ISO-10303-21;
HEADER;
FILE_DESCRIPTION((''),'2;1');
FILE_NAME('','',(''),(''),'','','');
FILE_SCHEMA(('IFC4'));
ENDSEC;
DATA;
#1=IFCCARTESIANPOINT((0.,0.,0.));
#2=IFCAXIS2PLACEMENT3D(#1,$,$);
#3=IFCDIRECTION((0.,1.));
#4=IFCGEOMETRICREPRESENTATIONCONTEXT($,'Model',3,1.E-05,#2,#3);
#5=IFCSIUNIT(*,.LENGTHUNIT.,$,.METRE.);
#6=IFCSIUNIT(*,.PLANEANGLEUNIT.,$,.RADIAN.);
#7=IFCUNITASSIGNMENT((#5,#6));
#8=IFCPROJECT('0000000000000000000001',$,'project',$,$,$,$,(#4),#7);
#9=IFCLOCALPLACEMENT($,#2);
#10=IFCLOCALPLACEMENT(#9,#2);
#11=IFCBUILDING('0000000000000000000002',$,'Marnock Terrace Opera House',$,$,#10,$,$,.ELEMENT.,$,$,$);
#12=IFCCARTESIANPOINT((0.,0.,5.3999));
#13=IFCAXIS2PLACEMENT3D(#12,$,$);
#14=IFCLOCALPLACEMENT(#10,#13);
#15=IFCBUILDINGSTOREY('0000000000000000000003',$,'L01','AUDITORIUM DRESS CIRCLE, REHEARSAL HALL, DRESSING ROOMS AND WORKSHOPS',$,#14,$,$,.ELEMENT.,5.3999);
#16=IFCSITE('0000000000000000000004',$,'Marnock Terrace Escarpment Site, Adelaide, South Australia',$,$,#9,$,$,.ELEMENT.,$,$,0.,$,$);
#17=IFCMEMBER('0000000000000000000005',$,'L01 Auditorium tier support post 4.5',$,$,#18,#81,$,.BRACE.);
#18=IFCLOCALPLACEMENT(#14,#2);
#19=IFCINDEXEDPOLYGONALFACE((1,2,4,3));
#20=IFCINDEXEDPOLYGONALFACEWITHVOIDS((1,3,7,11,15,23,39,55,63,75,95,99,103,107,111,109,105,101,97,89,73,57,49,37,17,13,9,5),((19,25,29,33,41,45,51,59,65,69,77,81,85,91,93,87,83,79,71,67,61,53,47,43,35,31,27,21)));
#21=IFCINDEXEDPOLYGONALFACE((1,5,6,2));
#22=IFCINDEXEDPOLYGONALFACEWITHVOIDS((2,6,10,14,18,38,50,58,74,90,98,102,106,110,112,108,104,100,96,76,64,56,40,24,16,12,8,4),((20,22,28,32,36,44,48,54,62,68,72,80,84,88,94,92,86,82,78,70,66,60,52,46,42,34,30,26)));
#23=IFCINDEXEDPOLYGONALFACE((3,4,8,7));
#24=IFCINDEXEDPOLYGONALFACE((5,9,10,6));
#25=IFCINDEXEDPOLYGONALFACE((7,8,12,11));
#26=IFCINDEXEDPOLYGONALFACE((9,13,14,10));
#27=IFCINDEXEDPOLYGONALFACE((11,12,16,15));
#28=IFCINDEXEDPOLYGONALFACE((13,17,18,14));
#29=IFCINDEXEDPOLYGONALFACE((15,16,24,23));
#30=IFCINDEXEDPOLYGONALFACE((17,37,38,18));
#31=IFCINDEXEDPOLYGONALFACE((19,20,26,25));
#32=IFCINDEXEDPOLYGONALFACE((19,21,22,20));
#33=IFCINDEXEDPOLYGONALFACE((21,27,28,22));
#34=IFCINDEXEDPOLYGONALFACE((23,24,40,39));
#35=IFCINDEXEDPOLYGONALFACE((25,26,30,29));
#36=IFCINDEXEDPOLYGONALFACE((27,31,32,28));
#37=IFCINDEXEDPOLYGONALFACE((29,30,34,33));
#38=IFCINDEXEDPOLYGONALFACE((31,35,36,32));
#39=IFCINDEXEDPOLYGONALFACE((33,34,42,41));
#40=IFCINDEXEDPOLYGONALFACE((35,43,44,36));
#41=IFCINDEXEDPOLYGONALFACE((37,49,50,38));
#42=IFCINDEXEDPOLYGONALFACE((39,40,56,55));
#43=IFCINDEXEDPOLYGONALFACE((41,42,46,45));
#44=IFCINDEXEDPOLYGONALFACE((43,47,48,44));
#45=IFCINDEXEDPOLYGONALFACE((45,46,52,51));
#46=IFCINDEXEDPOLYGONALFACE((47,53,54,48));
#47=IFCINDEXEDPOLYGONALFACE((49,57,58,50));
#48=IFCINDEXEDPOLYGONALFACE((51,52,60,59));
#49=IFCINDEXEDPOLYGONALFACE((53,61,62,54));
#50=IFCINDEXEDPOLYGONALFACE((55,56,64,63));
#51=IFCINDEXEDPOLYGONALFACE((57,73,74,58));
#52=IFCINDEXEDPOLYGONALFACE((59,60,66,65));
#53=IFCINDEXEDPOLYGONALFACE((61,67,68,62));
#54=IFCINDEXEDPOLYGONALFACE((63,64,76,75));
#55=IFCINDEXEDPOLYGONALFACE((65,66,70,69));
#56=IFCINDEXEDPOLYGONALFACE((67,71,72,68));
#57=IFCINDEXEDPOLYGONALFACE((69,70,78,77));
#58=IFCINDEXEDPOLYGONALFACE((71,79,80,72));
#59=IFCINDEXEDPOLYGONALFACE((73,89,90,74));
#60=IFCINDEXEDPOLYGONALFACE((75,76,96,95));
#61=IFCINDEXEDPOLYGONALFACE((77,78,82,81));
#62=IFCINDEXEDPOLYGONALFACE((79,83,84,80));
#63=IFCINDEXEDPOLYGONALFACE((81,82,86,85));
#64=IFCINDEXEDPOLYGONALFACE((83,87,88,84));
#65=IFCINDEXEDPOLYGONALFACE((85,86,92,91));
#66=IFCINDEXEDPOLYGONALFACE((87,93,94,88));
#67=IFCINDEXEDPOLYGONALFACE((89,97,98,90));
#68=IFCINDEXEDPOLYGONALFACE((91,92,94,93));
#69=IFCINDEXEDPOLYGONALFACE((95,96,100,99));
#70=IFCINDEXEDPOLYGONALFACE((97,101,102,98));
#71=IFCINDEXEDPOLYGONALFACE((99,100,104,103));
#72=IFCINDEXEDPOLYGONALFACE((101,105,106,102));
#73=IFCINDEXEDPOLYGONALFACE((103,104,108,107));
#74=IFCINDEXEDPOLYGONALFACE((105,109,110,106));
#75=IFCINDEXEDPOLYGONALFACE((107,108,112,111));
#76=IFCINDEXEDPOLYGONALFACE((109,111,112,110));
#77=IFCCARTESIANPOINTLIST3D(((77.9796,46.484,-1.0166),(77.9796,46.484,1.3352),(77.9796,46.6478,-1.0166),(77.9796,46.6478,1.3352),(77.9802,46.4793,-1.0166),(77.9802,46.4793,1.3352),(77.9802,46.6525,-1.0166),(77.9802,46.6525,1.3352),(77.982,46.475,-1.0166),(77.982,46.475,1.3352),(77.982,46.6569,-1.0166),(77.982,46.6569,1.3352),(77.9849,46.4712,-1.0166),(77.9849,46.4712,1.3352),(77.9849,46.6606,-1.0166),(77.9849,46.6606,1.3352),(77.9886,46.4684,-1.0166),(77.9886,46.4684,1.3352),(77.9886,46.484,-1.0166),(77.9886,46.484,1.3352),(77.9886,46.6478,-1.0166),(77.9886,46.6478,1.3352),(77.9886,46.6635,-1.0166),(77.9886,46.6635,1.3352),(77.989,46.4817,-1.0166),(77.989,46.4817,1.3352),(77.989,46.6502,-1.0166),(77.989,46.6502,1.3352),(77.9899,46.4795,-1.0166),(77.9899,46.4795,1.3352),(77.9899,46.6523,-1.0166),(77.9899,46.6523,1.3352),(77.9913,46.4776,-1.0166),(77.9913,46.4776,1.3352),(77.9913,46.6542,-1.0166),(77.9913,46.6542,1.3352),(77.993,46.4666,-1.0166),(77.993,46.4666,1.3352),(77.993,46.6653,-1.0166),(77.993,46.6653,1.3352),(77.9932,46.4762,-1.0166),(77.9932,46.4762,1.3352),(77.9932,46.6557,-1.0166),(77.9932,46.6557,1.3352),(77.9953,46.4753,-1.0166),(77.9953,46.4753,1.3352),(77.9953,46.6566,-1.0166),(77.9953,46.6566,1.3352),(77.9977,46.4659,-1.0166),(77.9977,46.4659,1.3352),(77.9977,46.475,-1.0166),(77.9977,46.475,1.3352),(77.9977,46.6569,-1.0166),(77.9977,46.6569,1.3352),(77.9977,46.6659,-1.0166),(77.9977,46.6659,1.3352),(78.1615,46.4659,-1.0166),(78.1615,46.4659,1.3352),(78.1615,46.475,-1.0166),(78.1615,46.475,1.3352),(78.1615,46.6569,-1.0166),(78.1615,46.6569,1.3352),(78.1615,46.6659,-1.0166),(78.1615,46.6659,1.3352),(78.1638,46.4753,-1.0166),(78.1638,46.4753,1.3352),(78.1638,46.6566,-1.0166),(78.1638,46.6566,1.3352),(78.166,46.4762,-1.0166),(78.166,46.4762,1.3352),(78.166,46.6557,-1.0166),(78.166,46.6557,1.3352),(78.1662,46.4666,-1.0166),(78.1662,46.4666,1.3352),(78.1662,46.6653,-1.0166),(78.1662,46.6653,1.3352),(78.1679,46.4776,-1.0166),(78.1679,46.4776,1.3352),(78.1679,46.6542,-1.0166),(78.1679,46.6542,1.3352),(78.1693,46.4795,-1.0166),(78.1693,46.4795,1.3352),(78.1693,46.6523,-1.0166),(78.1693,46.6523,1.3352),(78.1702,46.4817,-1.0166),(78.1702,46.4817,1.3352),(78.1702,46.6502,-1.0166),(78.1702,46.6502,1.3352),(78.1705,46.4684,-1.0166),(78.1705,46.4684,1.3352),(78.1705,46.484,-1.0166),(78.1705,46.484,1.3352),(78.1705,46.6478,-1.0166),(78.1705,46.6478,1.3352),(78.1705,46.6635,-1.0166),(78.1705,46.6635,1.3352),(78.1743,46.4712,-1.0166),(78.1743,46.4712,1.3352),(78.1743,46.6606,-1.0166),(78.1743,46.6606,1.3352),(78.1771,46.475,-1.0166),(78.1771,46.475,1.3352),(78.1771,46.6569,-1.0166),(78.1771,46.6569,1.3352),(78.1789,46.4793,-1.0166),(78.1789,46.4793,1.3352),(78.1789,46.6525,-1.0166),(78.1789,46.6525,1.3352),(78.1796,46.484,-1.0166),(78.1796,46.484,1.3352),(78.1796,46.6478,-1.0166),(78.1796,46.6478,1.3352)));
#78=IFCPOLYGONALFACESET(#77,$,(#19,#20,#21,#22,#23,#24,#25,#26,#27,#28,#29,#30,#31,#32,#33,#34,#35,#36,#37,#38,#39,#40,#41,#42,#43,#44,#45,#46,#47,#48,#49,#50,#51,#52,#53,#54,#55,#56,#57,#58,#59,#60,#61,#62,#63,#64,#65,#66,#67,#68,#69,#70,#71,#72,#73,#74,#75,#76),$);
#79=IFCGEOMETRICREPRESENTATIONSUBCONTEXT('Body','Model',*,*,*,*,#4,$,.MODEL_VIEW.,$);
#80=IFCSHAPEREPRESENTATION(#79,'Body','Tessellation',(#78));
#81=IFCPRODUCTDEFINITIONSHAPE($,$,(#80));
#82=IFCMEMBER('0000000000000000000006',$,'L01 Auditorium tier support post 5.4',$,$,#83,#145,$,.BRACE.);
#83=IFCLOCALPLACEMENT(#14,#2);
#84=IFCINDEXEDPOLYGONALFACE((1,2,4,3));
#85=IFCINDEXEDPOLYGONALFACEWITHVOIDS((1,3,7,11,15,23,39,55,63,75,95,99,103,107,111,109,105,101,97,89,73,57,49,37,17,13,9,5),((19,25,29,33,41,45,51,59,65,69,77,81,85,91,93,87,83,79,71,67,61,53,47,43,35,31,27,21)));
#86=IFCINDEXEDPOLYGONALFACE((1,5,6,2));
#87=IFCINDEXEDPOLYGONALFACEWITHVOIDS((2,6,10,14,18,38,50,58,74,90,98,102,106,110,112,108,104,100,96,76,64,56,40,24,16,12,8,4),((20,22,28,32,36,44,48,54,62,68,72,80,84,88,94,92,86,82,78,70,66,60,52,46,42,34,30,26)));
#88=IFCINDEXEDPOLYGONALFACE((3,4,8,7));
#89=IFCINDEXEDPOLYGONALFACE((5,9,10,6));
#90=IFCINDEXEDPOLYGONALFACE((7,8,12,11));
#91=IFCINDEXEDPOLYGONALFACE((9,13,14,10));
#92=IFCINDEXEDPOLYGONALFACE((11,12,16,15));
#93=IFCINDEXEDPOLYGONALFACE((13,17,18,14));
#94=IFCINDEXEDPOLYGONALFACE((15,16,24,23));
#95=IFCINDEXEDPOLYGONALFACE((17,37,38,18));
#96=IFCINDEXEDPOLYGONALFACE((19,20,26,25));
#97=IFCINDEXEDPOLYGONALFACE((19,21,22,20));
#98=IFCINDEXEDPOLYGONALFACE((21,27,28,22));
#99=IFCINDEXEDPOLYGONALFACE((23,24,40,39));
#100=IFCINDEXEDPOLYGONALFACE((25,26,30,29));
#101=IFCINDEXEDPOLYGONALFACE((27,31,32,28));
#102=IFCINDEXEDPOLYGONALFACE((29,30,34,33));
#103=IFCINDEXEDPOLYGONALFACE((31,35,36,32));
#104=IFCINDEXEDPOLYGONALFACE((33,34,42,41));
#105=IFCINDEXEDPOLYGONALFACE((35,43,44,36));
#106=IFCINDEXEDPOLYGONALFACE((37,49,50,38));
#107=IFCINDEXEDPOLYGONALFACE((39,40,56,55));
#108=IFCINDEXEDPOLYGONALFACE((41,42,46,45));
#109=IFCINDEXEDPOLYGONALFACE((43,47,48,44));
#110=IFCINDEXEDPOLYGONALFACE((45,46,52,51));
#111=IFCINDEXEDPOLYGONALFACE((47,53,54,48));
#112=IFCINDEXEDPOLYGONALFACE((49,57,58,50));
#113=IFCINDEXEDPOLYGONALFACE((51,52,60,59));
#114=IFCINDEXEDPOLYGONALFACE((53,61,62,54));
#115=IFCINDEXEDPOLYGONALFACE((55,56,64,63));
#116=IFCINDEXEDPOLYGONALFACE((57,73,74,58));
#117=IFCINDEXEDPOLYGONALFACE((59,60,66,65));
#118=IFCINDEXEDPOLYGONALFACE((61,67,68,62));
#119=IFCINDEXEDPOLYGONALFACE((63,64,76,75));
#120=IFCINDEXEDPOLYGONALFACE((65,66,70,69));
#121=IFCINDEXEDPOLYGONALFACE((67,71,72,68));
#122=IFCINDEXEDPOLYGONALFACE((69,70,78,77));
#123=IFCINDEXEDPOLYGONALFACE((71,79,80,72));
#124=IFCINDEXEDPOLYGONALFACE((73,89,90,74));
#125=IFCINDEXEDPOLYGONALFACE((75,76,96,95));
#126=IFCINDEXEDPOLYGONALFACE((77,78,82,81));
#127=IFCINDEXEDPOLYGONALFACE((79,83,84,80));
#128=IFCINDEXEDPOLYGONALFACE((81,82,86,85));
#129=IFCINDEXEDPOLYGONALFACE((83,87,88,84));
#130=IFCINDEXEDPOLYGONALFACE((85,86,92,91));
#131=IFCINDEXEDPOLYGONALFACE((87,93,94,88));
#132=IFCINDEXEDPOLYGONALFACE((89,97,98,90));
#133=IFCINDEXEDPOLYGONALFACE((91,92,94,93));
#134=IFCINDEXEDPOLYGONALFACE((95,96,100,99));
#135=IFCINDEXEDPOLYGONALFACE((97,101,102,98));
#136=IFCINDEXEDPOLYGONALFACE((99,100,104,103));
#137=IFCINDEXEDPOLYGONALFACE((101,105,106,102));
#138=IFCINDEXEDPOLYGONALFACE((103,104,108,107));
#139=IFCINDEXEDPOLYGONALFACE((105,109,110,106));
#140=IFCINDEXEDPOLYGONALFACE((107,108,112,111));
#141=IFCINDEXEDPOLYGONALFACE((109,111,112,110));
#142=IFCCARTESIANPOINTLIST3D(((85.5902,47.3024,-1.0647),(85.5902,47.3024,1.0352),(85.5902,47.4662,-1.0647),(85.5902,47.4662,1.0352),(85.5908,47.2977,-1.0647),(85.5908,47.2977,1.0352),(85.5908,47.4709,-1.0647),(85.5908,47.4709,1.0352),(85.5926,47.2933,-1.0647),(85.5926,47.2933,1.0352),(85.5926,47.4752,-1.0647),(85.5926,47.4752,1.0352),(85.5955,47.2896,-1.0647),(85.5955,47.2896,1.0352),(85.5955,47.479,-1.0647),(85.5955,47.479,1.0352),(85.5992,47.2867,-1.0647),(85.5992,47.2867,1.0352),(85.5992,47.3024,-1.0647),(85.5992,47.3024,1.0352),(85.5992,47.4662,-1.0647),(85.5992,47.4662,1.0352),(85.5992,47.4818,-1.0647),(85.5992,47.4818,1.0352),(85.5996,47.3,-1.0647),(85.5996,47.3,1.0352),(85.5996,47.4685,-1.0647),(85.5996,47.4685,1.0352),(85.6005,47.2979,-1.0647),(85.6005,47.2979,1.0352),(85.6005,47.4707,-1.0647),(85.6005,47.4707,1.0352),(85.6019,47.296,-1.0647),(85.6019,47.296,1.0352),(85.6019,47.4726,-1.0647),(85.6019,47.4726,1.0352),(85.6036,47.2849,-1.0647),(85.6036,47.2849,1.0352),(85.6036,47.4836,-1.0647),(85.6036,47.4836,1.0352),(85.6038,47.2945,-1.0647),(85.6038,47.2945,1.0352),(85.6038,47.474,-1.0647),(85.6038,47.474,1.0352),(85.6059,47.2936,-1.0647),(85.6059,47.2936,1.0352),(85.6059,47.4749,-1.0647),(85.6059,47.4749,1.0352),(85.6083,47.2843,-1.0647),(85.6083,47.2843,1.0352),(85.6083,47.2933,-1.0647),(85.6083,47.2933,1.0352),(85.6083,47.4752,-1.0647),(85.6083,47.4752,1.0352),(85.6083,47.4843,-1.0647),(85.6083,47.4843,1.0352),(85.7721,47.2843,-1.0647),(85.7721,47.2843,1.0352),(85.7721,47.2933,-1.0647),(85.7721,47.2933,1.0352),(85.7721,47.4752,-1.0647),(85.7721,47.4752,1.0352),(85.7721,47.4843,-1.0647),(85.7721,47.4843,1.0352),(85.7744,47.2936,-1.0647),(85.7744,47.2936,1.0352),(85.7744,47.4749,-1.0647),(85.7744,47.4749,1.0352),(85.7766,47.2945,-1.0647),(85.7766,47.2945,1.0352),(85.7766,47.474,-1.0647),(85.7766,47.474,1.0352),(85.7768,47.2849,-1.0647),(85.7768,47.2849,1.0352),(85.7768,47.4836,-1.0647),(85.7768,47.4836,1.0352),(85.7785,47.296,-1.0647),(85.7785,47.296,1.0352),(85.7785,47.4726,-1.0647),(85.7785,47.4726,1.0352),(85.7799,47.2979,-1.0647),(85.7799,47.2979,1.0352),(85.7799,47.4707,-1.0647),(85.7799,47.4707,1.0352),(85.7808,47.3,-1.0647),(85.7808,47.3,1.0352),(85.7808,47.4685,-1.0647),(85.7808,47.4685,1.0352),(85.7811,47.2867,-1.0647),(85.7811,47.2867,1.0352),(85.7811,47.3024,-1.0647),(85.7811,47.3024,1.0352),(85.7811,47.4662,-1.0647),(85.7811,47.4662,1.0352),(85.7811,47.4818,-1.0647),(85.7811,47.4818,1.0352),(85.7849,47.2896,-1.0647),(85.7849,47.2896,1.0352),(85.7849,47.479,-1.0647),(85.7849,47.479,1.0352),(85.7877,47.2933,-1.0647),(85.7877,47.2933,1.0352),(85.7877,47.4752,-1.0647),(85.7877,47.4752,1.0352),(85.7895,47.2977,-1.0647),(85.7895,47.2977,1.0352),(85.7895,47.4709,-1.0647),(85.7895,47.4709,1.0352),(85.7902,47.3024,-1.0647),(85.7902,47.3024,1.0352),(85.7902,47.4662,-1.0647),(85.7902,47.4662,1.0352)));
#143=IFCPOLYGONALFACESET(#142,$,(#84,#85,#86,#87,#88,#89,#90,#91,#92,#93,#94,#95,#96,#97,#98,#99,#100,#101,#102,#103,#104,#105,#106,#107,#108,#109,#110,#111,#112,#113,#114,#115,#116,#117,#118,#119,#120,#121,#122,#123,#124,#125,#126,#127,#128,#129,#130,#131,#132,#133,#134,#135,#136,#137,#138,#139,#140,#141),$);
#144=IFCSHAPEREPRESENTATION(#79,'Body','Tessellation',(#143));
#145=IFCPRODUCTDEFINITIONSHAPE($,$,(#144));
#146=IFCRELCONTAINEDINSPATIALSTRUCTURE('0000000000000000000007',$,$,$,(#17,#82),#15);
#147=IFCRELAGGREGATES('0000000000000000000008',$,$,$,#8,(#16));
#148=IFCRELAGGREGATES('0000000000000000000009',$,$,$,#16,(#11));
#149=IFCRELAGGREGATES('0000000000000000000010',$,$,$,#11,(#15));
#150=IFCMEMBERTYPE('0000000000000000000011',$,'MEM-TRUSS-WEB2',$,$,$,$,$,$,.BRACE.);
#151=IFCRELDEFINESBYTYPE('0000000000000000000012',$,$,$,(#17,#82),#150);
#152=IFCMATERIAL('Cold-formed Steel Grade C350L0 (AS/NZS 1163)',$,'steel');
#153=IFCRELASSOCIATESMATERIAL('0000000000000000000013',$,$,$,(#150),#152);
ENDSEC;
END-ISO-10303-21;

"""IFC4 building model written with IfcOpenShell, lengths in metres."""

from ifc_helpers import new_model, si_unit, direction, frame, origin, origin_2d, place, context, subcontext, project, spatial, hollow_rectangle, extrude, material, material_profile, profile_set, type_object, element, save


model = new_model("IFC4")

# Units and contexts
model_context = context("Model", 3, precision=1e-05, world=origin(), true_north=direction((0.0, 1.0)))
body_context = subcontext(model_context, "Body", "Model", "MODEL_VIEW")
ifc_project = project(units=[si_unit("LENGTHUNIT", "METRE"), si_unit("PLANEANGLEUNIT", "RADIAN")], contexts=[model_context])

# Site, building, storey
site_placement = place(None, origin())
site = spatial("IfcSite", under=ifc_project, at=site_placement, Name="Marnock Terrace Escarpment Site, Adelaide, South Australia", CompositionType="ELEMENT", RefElevation=0.0)
building_placement = place(site_placement, origin())
building = spatial("IfcBuilding", under=site, at=building_placement, Name="Marnock Terrace Opera House", CompositionType="ELEMENT")
storey_placement = place(building_placement, frame((0.0, 0.0, 5.3999)))
storey = spatial("IfcBuildingStorey", under=building, at=storey_placement, Name="L01", Description="AUDITORIUM DRESS CIRCLE, REHEARSAL HALL, DRESSING ROOMS AND WORKSHOPS", CompositionType="ELEMENT", Elevation=5.3999)

# Members
ifc_material_1 = material(Name="Cold-formed Steel Grade C350L0 (AS/NZS 1163)", Category="steel")
ifc_material_profile_1 = material_profile(ifc_material_1, hollow_rectangle(XDim=0.2, YDim=0.2, WallThickness=0.009, InnerFilletRadius=0.009, OuterFilletRadius=0.0181, at=origin_2d()))
ifc_profile_set_1 = profile_set([ifc_material_profile_1], Name="Cold-formed Steel Grade C350L0 (AS/NZS 1163)")
member_type = type_object("IfcMemberType", Name="MEM-TRUSS-WEB2", PredefinedType="BRACE", material=ifc_profile_set_1)
member_1_placement = place(storey_placement, frame((78.0796, 46.5659, -1.0166), z_axis=(0.0, 0.0, 1.0), x_axis=(1.0, 0.0, 0.0)))
element("IfcMember", 1, at=member_1_placement, inside=storey, type_object=member_type, Name="L01 Auditorium tier support post 4.5", PredefinedType="BRACE", context=body_context, shape_type="SweptSolid", body=[
    extrude(hollow_rectangle(XDim=0.2, YDim=0.2, WallThickness=0.009, InnerFilletRadius=0.009, OuterFilletRadius=0.0181, at=origin_2d()), origin(), (0.0, 0.0, 1.0), 2.3518),
])
member_2_placement = place(storey_placement, frame((85.6902, 47.3843, -1.0647), z_axis=(0.0, 0.0, 1.0), x_axis=(1.0, 0.0, 0.0)))
element("IfcMember", 2, at=member_2_placement, inside=storey, type_object=member_type, Name="L01 Auditorium tier support post 5.4", PredefinedType="BRACE", context=body_context, shape_type="SweptSolid", body=[
    extrude(hollow_rectangle(XDim=0.2, YDim=0.2, WallThickness=0.009, InnerFilletRadius=0.009, OuterFilletRadius=0.0181, at=origin_2d()), origin(), (0.0, 0.0, 1.0), 2.0999),
])

save(model, "model.ifc")
